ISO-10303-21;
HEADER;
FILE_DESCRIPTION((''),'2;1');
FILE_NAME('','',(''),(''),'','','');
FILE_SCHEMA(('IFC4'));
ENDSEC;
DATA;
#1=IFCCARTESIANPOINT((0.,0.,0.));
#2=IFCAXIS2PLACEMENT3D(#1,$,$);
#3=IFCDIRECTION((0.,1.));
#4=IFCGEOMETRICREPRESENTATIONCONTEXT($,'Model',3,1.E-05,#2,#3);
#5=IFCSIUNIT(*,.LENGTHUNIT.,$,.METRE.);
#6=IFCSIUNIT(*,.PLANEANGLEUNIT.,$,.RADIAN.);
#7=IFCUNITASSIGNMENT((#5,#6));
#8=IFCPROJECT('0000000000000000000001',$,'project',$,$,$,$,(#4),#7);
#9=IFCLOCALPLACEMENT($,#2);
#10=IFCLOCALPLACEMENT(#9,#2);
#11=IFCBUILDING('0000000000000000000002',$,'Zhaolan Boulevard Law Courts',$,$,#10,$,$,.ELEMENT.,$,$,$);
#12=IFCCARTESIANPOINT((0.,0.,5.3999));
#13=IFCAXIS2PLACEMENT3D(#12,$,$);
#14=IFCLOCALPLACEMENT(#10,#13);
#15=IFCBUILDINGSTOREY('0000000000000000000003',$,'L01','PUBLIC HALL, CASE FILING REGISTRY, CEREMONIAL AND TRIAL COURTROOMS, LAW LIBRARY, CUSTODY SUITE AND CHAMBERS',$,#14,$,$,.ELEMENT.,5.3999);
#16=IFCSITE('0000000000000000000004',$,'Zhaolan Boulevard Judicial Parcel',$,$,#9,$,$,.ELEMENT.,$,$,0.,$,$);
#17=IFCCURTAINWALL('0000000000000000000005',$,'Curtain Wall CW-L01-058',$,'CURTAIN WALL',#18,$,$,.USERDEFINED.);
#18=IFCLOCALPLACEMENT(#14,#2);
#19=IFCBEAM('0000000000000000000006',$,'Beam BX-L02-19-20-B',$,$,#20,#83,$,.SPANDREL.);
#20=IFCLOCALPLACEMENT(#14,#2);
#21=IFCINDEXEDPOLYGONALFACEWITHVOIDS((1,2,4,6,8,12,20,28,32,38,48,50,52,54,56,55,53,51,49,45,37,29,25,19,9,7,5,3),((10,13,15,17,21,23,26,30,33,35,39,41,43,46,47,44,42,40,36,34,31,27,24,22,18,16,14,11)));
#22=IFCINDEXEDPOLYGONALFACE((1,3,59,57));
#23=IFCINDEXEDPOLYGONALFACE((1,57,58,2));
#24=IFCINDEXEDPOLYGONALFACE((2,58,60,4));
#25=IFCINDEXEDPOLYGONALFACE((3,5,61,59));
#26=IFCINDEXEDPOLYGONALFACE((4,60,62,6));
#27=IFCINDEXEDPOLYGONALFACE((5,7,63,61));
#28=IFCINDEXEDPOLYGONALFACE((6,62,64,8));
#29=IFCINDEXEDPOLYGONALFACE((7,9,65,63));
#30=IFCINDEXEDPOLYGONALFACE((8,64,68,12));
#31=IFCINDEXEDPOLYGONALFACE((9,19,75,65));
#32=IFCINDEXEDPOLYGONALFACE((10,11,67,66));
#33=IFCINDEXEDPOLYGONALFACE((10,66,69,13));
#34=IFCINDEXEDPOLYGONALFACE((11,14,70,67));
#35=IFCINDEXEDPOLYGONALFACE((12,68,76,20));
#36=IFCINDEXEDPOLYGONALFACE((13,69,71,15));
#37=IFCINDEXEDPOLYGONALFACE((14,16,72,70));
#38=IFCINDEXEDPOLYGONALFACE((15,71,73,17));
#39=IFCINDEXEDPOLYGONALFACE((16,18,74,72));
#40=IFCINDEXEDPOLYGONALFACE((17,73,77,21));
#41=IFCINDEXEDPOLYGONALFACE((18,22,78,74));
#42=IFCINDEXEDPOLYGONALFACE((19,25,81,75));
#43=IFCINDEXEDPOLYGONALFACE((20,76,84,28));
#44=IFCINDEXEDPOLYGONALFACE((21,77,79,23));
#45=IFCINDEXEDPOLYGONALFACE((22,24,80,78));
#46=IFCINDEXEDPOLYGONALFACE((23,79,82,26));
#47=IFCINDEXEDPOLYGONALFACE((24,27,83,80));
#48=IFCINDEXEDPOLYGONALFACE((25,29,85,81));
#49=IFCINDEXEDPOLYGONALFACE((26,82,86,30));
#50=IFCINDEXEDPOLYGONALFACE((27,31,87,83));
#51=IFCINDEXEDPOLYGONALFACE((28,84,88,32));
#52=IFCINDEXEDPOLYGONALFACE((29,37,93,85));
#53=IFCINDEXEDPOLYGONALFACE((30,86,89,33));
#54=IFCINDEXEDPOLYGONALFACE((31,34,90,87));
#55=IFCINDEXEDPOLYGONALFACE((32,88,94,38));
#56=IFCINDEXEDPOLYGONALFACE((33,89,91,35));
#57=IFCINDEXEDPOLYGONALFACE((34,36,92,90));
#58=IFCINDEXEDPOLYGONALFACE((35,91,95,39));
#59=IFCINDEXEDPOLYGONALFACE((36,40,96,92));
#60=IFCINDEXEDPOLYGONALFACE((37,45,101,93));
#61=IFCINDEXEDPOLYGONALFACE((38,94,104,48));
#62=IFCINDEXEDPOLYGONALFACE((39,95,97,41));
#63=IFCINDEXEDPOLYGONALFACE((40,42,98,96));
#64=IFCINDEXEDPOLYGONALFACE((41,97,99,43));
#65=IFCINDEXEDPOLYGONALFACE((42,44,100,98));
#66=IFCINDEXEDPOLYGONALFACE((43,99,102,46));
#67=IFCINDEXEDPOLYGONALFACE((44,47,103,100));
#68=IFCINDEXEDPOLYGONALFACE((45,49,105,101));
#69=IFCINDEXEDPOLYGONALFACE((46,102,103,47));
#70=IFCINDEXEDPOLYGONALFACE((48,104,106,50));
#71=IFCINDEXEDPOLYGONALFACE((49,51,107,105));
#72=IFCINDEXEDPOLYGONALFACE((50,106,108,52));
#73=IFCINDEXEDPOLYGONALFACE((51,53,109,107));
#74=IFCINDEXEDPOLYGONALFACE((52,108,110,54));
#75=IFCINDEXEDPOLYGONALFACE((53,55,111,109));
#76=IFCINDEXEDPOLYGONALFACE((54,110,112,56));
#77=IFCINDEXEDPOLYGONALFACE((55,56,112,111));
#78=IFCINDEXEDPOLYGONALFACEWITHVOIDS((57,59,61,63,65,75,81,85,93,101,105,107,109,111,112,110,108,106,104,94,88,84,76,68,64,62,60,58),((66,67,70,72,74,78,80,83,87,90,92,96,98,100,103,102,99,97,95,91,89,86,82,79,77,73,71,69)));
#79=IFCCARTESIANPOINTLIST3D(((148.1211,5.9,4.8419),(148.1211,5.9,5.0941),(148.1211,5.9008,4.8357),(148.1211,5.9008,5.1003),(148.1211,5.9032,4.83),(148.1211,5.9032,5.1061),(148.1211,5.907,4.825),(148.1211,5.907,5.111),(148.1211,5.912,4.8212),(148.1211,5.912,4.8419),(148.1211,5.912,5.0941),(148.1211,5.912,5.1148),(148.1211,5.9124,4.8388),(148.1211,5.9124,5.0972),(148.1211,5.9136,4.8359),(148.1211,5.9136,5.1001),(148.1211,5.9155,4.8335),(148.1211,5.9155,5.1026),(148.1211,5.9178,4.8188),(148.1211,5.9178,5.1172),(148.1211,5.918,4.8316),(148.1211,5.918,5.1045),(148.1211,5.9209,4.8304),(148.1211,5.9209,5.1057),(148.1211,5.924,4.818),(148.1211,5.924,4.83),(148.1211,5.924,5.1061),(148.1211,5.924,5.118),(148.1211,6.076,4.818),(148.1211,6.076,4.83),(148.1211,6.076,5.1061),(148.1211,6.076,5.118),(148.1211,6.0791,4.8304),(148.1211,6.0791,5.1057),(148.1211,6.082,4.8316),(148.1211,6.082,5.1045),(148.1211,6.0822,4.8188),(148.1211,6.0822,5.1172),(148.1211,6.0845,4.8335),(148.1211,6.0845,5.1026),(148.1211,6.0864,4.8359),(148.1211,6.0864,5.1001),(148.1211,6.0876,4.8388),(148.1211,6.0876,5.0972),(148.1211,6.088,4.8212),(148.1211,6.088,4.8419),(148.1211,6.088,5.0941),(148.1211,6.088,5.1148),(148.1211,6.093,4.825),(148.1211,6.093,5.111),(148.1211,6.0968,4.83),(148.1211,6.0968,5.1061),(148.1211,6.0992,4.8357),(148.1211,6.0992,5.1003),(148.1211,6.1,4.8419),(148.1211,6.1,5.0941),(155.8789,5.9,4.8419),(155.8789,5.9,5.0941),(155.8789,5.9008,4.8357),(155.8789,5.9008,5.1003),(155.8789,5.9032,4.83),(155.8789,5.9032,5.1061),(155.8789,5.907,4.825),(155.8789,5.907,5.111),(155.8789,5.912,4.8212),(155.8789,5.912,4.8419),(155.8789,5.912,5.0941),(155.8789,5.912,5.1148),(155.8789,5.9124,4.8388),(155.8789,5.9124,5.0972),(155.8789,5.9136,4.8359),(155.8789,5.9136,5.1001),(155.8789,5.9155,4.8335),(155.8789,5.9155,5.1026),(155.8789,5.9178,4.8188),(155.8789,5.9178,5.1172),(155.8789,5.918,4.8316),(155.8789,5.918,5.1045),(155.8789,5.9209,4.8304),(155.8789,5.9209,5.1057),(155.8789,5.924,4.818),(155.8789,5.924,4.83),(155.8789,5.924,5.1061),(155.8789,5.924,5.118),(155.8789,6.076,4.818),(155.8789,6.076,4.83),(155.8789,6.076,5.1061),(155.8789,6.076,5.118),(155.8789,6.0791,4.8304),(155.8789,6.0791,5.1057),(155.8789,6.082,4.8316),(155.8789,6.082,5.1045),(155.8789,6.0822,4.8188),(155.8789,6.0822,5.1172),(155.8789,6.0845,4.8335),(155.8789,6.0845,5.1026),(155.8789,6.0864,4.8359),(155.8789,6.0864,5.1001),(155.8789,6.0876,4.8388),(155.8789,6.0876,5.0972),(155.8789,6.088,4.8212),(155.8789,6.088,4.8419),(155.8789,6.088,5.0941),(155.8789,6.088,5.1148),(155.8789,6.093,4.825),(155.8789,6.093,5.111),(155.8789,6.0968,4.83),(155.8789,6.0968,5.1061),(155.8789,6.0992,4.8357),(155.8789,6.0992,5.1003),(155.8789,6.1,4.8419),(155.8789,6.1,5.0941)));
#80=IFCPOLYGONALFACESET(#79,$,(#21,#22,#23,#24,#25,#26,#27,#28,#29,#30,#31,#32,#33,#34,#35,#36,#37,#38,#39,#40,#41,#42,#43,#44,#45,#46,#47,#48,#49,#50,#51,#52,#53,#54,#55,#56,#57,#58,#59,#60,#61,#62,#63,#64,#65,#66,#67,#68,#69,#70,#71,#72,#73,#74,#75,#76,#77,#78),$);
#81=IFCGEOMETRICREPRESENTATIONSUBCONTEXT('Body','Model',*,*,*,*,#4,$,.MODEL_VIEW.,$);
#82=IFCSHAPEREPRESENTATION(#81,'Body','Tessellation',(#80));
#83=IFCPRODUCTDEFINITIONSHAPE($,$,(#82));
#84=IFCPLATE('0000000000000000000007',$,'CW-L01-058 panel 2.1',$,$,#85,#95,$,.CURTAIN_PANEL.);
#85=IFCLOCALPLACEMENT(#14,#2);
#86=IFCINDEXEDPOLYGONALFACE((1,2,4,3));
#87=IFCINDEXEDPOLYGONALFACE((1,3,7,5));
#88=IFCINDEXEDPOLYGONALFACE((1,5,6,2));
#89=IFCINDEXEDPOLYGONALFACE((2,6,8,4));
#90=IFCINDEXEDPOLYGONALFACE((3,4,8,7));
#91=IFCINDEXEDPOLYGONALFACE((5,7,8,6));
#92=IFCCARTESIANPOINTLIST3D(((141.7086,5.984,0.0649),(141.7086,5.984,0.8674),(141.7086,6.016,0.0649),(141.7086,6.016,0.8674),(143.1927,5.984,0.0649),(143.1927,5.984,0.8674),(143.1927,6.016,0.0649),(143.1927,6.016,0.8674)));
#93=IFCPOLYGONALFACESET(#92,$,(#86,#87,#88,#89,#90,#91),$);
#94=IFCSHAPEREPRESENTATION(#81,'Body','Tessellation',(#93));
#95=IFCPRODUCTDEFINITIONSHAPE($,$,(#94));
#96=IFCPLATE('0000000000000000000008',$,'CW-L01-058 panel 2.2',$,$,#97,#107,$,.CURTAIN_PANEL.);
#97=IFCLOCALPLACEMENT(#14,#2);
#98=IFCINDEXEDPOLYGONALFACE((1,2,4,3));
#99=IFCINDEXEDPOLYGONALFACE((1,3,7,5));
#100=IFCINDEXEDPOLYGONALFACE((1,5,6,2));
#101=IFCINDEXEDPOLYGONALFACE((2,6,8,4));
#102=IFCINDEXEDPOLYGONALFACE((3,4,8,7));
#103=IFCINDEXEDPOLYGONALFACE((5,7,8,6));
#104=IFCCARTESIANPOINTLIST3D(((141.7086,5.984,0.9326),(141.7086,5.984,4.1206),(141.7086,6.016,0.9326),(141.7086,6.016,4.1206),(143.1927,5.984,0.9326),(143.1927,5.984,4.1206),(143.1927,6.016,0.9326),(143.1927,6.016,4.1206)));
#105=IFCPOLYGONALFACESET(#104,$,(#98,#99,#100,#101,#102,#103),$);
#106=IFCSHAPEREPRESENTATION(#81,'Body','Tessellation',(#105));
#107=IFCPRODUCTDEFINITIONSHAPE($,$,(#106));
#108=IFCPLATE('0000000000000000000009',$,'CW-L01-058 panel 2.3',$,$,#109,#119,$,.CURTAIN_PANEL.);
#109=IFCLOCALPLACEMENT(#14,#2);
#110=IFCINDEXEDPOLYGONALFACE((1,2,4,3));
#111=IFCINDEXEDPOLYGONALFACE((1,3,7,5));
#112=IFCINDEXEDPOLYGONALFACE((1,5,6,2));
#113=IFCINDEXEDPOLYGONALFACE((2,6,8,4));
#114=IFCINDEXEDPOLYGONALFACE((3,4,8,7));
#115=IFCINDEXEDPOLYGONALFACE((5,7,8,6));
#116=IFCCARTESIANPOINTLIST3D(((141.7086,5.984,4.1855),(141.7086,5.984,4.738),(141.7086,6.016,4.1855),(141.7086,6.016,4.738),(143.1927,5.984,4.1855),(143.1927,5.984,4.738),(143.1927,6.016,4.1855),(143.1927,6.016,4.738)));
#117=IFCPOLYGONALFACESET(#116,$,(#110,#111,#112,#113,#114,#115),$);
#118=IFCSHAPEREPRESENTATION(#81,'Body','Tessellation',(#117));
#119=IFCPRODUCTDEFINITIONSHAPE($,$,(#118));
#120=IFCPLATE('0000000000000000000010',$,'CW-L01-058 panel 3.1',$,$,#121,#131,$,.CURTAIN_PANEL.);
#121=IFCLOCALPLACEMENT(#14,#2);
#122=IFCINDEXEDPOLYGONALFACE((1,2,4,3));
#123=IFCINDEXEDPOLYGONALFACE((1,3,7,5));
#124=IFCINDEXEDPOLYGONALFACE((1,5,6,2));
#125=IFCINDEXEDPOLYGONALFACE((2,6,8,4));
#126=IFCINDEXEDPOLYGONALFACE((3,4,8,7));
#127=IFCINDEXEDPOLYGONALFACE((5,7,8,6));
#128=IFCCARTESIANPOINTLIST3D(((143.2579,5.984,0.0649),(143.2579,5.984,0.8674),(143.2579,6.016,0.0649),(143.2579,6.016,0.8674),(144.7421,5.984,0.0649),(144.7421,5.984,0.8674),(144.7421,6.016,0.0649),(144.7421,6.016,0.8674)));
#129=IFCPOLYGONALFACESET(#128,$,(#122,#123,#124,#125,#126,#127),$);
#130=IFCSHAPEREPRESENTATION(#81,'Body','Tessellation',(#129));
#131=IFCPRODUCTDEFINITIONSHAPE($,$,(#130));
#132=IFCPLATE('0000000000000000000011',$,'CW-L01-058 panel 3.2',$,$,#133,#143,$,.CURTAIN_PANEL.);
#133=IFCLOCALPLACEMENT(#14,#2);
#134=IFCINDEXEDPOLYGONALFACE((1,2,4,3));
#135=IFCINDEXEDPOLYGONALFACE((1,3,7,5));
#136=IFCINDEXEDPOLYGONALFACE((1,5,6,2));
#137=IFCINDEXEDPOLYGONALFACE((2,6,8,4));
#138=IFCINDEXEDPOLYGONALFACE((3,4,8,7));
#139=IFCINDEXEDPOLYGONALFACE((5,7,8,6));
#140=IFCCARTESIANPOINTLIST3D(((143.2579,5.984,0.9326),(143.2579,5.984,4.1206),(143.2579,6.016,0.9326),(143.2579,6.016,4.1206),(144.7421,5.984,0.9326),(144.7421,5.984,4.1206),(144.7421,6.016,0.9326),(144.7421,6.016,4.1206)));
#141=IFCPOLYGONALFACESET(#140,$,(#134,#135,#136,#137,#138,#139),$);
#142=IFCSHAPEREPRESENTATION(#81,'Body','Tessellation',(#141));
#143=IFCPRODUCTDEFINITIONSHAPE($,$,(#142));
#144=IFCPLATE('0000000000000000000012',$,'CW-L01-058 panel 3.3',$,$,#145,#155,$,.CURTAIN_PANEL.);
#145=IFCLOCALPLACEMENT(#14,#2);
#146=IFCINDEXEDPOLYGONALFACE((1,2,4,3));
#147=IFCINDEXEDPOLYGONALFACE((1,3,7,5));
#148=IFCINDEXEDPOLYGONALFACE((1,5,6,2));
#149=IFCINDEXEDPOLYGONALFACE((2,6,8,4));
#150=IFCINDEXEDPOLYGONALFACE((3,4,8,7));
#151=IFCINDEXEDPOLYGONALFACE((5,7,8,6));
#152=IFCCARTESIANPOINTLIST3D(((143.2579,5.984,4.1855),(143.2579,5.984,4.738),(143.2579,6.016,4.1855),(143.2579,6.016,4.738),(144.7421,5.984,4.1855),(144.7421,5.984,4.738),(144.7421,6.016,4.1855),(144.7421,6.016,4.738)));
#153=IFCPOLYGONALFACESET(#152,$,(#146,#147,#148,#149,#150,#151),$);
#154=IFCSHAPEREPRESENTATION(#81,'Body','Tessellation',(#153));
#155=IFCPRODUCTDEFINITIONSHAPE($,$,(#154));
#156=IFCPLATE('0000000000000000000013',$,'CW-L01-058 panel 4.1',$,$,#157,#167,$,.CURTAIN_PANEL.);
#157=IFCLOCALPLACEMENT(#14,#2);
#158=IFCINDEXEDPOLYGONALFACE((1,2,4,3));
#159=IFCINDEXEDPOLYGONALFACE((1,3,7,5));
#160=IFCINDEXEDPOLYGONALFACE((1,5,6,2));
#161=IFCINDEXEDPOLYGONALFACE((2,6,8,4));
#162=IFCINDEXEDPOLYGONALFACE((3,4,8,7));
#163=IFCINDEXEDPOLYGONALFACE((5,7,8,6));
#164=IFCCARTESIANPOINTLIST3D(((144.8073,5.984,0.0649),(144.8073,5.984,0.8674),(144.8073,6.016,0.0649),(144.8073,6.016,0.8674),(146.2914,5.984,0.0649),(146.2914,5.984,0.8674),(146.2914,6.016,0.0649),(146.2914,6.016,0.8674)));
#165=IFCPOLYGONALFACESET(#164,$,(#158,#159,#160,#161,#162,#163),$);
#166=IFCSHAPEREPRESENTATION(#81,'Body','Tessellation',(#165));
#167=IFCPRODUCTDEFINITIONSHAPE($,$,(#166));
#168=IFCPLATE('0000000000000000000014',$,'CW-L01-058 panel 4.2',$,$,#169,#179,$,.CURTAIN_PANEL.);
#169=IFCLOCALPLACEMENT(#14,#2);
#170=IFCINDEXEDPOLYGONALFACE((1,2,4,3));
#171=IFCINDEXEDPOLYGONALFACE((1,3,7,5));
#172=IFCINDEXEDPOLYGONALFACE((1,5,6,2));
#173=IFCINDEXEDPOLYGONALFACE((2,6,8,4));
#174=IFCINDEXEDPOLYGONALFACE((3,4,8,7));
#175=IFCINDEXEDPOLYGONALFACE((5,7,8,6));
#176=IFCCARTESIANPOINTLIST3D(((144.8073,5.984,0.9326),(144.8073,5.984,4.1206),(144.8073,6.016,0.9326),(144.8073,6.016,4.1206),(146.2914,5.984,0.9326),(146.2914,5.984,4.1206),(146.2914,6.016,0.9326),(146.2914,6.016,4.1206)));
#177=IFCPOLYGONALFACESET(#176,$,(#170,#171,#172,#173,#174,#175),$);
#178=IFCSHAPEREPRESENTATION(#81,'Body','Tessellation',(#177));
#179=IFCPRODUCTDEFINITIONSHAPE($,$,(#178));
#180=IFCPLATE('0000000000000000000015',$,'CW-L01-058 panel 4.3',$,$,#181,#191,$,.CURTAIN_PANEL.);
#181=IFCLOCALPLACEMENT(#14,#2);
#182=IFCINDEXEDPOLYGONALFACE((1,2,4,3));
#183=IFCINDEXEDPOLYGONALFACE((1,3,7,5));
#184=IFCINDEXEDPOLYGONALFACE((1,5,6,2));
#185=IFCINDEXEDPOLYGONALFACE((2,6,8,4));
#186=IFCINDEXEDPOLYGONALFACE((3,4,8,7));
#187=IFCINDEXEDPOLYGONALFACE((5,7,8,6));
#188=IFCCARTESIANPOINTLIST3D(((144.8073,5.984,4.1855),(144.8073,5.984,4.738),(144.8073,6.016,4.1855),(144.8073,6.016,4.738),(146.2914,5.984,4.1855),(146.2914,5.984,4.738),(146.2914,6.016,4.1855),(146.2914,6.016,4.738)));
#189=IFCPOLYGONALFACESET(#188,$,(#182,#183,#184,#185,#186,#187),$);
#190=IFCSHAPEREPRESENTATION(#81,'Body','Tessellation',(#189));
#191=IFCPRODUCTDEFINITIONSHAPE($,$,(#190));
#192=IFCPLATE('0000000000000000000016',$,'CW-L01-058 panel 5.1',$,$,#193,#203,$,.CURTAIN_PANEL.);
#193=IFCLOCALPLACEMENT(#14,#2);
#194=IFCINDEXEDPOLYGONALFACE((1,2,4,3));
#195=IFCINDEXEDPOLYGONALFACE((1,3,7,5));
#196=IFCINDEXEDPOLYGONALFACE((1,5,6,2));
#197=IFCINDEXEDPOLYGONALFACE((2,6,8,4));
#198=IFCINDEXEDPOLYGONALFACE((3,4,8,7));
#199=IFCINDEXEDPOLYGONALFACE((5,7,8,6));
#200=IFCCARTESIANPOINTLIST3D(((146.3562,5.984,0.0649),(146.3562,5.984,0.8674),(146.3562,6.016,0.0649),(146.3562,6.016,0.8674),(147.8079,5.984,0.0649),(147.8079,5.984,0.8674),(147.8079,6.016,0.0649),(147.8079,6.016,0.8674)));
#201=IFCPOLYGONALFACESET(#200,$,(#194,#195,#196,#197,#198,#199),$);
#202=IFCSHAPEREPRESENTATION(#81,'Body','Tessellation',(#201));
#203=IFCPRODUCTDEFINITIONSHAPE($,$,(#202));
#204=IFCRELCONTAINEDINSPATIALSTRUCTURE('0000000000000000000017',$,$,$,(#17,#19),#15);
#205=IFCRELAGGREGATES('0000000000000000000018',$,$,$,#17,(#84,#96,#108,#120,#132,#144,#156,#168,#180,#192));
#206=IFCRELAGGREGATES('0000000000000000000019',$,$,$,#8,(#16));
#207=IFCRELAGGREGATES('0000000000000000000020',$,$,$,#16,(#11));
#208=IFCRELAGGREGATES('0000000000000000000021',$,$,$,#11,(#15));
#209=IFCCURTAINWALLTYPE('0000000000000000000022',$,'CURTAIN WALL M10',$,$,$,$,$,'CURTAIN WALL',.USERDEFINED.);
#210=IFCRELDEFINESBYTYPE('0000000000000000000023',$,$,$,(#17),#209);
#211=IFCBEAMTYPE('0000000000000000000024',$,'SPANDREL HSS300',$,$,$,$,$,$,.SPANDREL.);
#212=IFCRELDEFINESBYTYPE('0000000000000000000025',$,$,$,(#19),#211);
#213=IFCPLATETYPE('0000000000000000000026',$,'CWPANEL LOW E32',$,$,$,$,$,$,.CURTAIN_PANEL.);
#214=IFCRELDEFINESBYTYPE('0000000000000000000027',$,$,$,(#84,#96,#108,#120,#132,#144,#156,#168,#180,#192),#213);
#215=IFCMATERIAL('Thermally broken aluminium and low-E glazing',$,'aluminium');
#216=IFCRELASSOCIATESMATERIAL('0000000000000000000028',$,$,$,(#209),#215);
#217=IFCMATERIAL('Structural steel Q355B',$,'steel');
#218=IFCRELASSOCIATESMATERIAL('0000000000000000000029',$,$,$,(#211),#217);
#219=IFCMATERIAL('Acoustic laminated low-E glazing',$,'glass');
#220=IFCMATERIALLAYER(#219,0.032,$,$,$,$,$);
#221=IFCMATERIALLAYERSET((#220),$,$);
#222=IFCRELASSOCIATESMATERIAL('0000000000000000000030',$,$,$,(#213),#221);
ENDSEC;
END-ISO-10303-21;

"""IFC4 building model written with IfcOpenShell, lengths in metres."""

from ifc_helpers import new_model, si_unit, direction, frame, origin, origin_2d, place, context, subcontext, project, spatial, rectangle, hollow_rectangle, extrude, material, layer, layer_set, material_profile, profile_set, type_object, element, aggregate, save


model = new_model("IFC4")

# Units and contexts
model_context = context("Model", 3, precision=1e-05, world=origin(), true_north=direction((0.0, 1.0)))
body_context = subcontext(model_context, "Body", "Model", "MODEL_VIEW")
ifc_project = project(units=[si_unit("LENGTHUNIT", "METRE"), si_unit("PLANEANGLEUNIT", "RADIAN")], contexts=[model_context])

# Site, building, storey
site_placement = place(None, origin())
site = spatial("IfcSite", under=ifc_project, at=site_placement, Name="Zhaolan Boulevard Judicial Parcel", CompositionType="ELEMENT", RefElevation=0.0)
building_placement = place(site_placement, origin())
building = spatial("IfcBuilding", under=site, at=building_placement, Name="Zhaolan Boulevard Law Courts", CompositionType="ELEMENT")
storey_placement = place(building_placement, frame((0.0, 0.0, 5.3999)))
storey = spatial("IfcBuildingStorey", under=building, at=storey_placement, Name="L01", Description="PUBLIC HALL, CASE FILING REGISTRY, CEREMONIAL AND TRIAL COURTROOMS, LAW LIBRARY, CUSTODY SUITE AND CHAMBERS", CompositionType="ELEMENT", Elevation=5.3999)

# Curtain wall
ifc_material_1 = material(Name="Thermally broken aluminium and low-E glazing", Category="aluminium")
curtain_wall_type_1 = type_object("IfcCurtainWallType", Name="CURTAIN WALL M10", ElementType="CURTAIN WALL", PredefinedType="USERDEFINED", material=ifc_material_1)
curtain_wall_1_placement = place(storey_placement, origin())
curtain_wall_1 = element("IfcCurtainWall", 1, at=curtain_wall_1_placement, inside=storey, type_object=curtain_wall_type_1, Name="Curtain Wall CW-L01-058", ObjectType="CURTAIN WALL", PredefinedType="USERDEFINED")

# Beam
ifc_material_2 = material(Name="Structural steel Q355B", Category="steel")
ifc_material_profile_1 = material_profile(ifc_material_2, hollow_rectangle(XDim=0.2, YDim=0.3, WallThickness=0.012, InnerFilletRadius=0.012, OuterFilletRadius=0.0239, at=origin_2d()), Name="HSS300x200x12")
ifc_profile_set_1 = profile_set([ifc_material_profile_1], Name="Structural steel Q355B")
beam_type_1 = type_object("IfcBeamType", Name="SPANDREL HSS300", PredefinedType="SPANDREL", material=ifc_profile_set_1)
beam_1_placement = place(storey_placement, frame((148.1211, 6.0, 4.968), z_axis=(1.0, 0.0, 0.0), x_axis=(0.0, 1.0, 0.0)))
element("IfcBeam", 2, at=beam_1_placement, inside=storey, type_object=beam_type_1, Name="Beam BX-L02-19-20-B", PredefinedType="SPANDREL", context=body_context, shape_type="SweptSolid", body=[
    extrude(hollow_rectangle(XDim=0.2, YDim=0.3, WallThickness=0.012, InnerFilletRadius=0.012, OuterFilletRadius=0.0239, at=origin_2d()), origin(), (0.0, 0.0, 1.0), 7.7578),
])

# Plates
ifc_material_3 = material(Name="Acoustic laminated low-E glazing", Category="glass")
ifc_layer_1 = layer(ifc_material_3, 0.032)
ifc_layer_set_1 = layer_set([ifc_layer_1])
plate_type_1 = type_object("IfcPlateType", Name="CWPANEL LOW E32", PredefinedType="CURTAIN_PANEL", material=ifc_layer_set_1)
plate_1_placement = place(storey_placement, frame((142.4507, 6.0, 0.0649), z_axis=(0.0, 0.0, 1.0), x_axis=(1.0, 0.0, 0.0)))
plate_1 = element("IfcPlate", 3, at=plate_1_placement, type_object=plate_type_1, Name="CW-L01-058 panel 2.1", PredefinedType="CURTAIN_PANEL", context=body_context, shape_type="SweptSolid", body=[
    extrude(rectangle(XDim=1.4841, YDim=0.032, at=origin_2d()), origin(), (0.0, 0.0, 1.0), 0.8025),
])
plate_2_placement = place(storey_placement, frame((142.4507, 6.0, 0.9326), z_axis=(0.0, 0.0, 1.0), x_axis=(1.0, 0.0, 0.0)))
plate_2 = element("IfcPlate", 4, at=plate_2_placement, type_object=plate_type_1, Name="CW-L01-058 panel 2.2", PredefinedType="CURTAIN_PANEL", context=body_context, shape_type="SweptSolid", body=[
    extrude(rectangle(XDim=1.4841, YDim=0.032, at=origin_2d()), origin(), (0.0, 0.0, 1.0), 3.188),
])
plate_3_placement = place(storey_placement, frame((142.4507, 6.0, 4.1855), z_axis=(0.0, 0.0, 1.0), x_axis=(1.0, 0.0, 0.0)))
plate_3 = element("IfcPlate", 5, at=plate_3_placement, type_object=plate_type_1, Name="CW-L01-058 panel 2.3", PredefinedType="CURTAIN_PANEL", context=body_context, shape_type="SweptSolid", body=[
    extrude(rectangle(XDim=1.4841, YDim=0.032, at=origin_2d()), origin(), (0.0, 0.0, 1.0), 0.5525),
])
plate_4_placement = place(storey_placement, frame((144.0, 6.0, 0.0649), z_axis=(0.0, 0.0, 1.0), x_axis=(1.0, 0.0, 0.0)))
plate_4 = element("IfcPlate", 6, at=plate_4_placement, type_object=plate_type_1, Name="CW-L01-058 panel 3.1", PredefinedType="CURTAIN_PANEL", context=body_context, shape_type="SweptSolid", body=[
    extrude(rectangle(XDim=1.4841, YDim=0.032, at=origin_2d()), origin(), (0.0, 0.0, 1.0), 0.8025),
])
plate_5_placement = place(storey_placement, frame((144.0, 6.0, 0.9326), z_axis=(0.0, 0.0, 1.0), x_axis=(1.0, 0.0, 0.0)))
plate_5 = element("IfcPlate", 7, at=plate_5_placement, type_object=plate_type_1, Name="CW-L01-058 panel 3.2", PredefinedType="CURTAIN_PANEL", context=body_context, shape_type="SweptSolid", body=[
    extrude(rectangle(XDim=1.4841, YDim=0.032, at=origin_2d()), origin(), (0.0, 0.0, 1.0), 3.188),
])
plate_6_placement = place(storey_placement, frame((144.0, 6.0, 4.1855), z_axis=(0.0, 0.0, 1.0), x_axis=(1.0, 0.0, 0.0)))
plate_6 = element("IfcPlate", 8, at=plate_6_placement, type_object=plate_type_1, Name="CW-L01-058 panel 3.3", PredefinedType="CURTAIN_PANEL", context=body_context, shape_type="SweptSolid", body=[
    extrude(rectangle(XDim=1.4841, YDim=0.032, at=origin_2d()), origin(), (0.0, 0.0, 1.0), 0.5525),
])
plate_7_placement = place(storey_placement, frame((145.5493, 6.0, 0.0649), z_axis=(0.0, 0.0, 1.0), x_axis=(1.0, 0.0, 0.0)))
plate_7 = element("IfcPlate", 9, at=plate_7_placement, type_object=plate_type_1, Name="CW-L01-058 panel 4.1", PredefinedType="CURTAIN_PANEL", context=body_context, shape_type="SweptSolid", body=[
    extrude(rectangle(XDim=1.4841, YDim=0.032, at=origin_2d()), origin(), (0.0, 0.0, 1.0), 0.8025),
])
plate_8_placement = place(storey_placement, frame((145.5493, 6.0, 0.9326), z_axis=(0.0, 0.0, 1.0), x_axis=(1.0, 0.0, 0.0)))
plate_8 = element("IfcPlate", 10, at=plate_8_placement, type_object=plate_type_1, Name="CW-L01-058 panel 4.2", PredefinedType="CURTAIN_PANEL", context=body_context, shape_type="SweptSolid", body=[
    extrude(rectangle(XDim=1.4841, YDim=0.032, at=origin_2d()), origin(), (0.0, 0.0, 1.0), 3.188),
])
plate_9_placement = place(storey_placement, frame((145.5493, 6.0, 4.1855), z_axis=(0.0, 0.0, 1.0), x_axis=(1.0, 0.0, 0.0)))
plate_9 = element("IfcPlate", 11, at=plate_9_placement, type_object=plate_type_1, Name="CW-L01-058 panel 4.3", PredefinedType="CURTAIN_PANEL", context=body_context, shape_type="SweptSolid", body=[
    extrude(rectangle(XDim=1.4841, YDim=0.032, at=origin_2d()), origin(), (0.0, 0.0, 1.0), 0.5525),
])
plate_10_placement = place(storey_placement, frame((147.082, 6.0, 0.0649), z_axis=(0.0, 0.0, 1.0), x_axis=(1.0, 0.0, 0.0)))
plate_10 = element("IfcPlate", 12, at=plate_10_placement, type_object=plate_type_1, Name="CW-L01-058 panel 5.1", PredefinedType="CURTAIN_PANEL", context=body_context, shape_type="SweptSolid", body=[
    extrude(rectangle(XDim=1.4517, YDim=0.032, at=origin_2d()), origin(), (0.0, 0.0, 1.0), 0.8025),
])
aggregate(curtain_wall_1, [plate_1, plate_2, plate_3, plate_4, plate_5, plate_6, plate_7, plate_8, plate_9, plate_10])

save(model, "model.ifc")
